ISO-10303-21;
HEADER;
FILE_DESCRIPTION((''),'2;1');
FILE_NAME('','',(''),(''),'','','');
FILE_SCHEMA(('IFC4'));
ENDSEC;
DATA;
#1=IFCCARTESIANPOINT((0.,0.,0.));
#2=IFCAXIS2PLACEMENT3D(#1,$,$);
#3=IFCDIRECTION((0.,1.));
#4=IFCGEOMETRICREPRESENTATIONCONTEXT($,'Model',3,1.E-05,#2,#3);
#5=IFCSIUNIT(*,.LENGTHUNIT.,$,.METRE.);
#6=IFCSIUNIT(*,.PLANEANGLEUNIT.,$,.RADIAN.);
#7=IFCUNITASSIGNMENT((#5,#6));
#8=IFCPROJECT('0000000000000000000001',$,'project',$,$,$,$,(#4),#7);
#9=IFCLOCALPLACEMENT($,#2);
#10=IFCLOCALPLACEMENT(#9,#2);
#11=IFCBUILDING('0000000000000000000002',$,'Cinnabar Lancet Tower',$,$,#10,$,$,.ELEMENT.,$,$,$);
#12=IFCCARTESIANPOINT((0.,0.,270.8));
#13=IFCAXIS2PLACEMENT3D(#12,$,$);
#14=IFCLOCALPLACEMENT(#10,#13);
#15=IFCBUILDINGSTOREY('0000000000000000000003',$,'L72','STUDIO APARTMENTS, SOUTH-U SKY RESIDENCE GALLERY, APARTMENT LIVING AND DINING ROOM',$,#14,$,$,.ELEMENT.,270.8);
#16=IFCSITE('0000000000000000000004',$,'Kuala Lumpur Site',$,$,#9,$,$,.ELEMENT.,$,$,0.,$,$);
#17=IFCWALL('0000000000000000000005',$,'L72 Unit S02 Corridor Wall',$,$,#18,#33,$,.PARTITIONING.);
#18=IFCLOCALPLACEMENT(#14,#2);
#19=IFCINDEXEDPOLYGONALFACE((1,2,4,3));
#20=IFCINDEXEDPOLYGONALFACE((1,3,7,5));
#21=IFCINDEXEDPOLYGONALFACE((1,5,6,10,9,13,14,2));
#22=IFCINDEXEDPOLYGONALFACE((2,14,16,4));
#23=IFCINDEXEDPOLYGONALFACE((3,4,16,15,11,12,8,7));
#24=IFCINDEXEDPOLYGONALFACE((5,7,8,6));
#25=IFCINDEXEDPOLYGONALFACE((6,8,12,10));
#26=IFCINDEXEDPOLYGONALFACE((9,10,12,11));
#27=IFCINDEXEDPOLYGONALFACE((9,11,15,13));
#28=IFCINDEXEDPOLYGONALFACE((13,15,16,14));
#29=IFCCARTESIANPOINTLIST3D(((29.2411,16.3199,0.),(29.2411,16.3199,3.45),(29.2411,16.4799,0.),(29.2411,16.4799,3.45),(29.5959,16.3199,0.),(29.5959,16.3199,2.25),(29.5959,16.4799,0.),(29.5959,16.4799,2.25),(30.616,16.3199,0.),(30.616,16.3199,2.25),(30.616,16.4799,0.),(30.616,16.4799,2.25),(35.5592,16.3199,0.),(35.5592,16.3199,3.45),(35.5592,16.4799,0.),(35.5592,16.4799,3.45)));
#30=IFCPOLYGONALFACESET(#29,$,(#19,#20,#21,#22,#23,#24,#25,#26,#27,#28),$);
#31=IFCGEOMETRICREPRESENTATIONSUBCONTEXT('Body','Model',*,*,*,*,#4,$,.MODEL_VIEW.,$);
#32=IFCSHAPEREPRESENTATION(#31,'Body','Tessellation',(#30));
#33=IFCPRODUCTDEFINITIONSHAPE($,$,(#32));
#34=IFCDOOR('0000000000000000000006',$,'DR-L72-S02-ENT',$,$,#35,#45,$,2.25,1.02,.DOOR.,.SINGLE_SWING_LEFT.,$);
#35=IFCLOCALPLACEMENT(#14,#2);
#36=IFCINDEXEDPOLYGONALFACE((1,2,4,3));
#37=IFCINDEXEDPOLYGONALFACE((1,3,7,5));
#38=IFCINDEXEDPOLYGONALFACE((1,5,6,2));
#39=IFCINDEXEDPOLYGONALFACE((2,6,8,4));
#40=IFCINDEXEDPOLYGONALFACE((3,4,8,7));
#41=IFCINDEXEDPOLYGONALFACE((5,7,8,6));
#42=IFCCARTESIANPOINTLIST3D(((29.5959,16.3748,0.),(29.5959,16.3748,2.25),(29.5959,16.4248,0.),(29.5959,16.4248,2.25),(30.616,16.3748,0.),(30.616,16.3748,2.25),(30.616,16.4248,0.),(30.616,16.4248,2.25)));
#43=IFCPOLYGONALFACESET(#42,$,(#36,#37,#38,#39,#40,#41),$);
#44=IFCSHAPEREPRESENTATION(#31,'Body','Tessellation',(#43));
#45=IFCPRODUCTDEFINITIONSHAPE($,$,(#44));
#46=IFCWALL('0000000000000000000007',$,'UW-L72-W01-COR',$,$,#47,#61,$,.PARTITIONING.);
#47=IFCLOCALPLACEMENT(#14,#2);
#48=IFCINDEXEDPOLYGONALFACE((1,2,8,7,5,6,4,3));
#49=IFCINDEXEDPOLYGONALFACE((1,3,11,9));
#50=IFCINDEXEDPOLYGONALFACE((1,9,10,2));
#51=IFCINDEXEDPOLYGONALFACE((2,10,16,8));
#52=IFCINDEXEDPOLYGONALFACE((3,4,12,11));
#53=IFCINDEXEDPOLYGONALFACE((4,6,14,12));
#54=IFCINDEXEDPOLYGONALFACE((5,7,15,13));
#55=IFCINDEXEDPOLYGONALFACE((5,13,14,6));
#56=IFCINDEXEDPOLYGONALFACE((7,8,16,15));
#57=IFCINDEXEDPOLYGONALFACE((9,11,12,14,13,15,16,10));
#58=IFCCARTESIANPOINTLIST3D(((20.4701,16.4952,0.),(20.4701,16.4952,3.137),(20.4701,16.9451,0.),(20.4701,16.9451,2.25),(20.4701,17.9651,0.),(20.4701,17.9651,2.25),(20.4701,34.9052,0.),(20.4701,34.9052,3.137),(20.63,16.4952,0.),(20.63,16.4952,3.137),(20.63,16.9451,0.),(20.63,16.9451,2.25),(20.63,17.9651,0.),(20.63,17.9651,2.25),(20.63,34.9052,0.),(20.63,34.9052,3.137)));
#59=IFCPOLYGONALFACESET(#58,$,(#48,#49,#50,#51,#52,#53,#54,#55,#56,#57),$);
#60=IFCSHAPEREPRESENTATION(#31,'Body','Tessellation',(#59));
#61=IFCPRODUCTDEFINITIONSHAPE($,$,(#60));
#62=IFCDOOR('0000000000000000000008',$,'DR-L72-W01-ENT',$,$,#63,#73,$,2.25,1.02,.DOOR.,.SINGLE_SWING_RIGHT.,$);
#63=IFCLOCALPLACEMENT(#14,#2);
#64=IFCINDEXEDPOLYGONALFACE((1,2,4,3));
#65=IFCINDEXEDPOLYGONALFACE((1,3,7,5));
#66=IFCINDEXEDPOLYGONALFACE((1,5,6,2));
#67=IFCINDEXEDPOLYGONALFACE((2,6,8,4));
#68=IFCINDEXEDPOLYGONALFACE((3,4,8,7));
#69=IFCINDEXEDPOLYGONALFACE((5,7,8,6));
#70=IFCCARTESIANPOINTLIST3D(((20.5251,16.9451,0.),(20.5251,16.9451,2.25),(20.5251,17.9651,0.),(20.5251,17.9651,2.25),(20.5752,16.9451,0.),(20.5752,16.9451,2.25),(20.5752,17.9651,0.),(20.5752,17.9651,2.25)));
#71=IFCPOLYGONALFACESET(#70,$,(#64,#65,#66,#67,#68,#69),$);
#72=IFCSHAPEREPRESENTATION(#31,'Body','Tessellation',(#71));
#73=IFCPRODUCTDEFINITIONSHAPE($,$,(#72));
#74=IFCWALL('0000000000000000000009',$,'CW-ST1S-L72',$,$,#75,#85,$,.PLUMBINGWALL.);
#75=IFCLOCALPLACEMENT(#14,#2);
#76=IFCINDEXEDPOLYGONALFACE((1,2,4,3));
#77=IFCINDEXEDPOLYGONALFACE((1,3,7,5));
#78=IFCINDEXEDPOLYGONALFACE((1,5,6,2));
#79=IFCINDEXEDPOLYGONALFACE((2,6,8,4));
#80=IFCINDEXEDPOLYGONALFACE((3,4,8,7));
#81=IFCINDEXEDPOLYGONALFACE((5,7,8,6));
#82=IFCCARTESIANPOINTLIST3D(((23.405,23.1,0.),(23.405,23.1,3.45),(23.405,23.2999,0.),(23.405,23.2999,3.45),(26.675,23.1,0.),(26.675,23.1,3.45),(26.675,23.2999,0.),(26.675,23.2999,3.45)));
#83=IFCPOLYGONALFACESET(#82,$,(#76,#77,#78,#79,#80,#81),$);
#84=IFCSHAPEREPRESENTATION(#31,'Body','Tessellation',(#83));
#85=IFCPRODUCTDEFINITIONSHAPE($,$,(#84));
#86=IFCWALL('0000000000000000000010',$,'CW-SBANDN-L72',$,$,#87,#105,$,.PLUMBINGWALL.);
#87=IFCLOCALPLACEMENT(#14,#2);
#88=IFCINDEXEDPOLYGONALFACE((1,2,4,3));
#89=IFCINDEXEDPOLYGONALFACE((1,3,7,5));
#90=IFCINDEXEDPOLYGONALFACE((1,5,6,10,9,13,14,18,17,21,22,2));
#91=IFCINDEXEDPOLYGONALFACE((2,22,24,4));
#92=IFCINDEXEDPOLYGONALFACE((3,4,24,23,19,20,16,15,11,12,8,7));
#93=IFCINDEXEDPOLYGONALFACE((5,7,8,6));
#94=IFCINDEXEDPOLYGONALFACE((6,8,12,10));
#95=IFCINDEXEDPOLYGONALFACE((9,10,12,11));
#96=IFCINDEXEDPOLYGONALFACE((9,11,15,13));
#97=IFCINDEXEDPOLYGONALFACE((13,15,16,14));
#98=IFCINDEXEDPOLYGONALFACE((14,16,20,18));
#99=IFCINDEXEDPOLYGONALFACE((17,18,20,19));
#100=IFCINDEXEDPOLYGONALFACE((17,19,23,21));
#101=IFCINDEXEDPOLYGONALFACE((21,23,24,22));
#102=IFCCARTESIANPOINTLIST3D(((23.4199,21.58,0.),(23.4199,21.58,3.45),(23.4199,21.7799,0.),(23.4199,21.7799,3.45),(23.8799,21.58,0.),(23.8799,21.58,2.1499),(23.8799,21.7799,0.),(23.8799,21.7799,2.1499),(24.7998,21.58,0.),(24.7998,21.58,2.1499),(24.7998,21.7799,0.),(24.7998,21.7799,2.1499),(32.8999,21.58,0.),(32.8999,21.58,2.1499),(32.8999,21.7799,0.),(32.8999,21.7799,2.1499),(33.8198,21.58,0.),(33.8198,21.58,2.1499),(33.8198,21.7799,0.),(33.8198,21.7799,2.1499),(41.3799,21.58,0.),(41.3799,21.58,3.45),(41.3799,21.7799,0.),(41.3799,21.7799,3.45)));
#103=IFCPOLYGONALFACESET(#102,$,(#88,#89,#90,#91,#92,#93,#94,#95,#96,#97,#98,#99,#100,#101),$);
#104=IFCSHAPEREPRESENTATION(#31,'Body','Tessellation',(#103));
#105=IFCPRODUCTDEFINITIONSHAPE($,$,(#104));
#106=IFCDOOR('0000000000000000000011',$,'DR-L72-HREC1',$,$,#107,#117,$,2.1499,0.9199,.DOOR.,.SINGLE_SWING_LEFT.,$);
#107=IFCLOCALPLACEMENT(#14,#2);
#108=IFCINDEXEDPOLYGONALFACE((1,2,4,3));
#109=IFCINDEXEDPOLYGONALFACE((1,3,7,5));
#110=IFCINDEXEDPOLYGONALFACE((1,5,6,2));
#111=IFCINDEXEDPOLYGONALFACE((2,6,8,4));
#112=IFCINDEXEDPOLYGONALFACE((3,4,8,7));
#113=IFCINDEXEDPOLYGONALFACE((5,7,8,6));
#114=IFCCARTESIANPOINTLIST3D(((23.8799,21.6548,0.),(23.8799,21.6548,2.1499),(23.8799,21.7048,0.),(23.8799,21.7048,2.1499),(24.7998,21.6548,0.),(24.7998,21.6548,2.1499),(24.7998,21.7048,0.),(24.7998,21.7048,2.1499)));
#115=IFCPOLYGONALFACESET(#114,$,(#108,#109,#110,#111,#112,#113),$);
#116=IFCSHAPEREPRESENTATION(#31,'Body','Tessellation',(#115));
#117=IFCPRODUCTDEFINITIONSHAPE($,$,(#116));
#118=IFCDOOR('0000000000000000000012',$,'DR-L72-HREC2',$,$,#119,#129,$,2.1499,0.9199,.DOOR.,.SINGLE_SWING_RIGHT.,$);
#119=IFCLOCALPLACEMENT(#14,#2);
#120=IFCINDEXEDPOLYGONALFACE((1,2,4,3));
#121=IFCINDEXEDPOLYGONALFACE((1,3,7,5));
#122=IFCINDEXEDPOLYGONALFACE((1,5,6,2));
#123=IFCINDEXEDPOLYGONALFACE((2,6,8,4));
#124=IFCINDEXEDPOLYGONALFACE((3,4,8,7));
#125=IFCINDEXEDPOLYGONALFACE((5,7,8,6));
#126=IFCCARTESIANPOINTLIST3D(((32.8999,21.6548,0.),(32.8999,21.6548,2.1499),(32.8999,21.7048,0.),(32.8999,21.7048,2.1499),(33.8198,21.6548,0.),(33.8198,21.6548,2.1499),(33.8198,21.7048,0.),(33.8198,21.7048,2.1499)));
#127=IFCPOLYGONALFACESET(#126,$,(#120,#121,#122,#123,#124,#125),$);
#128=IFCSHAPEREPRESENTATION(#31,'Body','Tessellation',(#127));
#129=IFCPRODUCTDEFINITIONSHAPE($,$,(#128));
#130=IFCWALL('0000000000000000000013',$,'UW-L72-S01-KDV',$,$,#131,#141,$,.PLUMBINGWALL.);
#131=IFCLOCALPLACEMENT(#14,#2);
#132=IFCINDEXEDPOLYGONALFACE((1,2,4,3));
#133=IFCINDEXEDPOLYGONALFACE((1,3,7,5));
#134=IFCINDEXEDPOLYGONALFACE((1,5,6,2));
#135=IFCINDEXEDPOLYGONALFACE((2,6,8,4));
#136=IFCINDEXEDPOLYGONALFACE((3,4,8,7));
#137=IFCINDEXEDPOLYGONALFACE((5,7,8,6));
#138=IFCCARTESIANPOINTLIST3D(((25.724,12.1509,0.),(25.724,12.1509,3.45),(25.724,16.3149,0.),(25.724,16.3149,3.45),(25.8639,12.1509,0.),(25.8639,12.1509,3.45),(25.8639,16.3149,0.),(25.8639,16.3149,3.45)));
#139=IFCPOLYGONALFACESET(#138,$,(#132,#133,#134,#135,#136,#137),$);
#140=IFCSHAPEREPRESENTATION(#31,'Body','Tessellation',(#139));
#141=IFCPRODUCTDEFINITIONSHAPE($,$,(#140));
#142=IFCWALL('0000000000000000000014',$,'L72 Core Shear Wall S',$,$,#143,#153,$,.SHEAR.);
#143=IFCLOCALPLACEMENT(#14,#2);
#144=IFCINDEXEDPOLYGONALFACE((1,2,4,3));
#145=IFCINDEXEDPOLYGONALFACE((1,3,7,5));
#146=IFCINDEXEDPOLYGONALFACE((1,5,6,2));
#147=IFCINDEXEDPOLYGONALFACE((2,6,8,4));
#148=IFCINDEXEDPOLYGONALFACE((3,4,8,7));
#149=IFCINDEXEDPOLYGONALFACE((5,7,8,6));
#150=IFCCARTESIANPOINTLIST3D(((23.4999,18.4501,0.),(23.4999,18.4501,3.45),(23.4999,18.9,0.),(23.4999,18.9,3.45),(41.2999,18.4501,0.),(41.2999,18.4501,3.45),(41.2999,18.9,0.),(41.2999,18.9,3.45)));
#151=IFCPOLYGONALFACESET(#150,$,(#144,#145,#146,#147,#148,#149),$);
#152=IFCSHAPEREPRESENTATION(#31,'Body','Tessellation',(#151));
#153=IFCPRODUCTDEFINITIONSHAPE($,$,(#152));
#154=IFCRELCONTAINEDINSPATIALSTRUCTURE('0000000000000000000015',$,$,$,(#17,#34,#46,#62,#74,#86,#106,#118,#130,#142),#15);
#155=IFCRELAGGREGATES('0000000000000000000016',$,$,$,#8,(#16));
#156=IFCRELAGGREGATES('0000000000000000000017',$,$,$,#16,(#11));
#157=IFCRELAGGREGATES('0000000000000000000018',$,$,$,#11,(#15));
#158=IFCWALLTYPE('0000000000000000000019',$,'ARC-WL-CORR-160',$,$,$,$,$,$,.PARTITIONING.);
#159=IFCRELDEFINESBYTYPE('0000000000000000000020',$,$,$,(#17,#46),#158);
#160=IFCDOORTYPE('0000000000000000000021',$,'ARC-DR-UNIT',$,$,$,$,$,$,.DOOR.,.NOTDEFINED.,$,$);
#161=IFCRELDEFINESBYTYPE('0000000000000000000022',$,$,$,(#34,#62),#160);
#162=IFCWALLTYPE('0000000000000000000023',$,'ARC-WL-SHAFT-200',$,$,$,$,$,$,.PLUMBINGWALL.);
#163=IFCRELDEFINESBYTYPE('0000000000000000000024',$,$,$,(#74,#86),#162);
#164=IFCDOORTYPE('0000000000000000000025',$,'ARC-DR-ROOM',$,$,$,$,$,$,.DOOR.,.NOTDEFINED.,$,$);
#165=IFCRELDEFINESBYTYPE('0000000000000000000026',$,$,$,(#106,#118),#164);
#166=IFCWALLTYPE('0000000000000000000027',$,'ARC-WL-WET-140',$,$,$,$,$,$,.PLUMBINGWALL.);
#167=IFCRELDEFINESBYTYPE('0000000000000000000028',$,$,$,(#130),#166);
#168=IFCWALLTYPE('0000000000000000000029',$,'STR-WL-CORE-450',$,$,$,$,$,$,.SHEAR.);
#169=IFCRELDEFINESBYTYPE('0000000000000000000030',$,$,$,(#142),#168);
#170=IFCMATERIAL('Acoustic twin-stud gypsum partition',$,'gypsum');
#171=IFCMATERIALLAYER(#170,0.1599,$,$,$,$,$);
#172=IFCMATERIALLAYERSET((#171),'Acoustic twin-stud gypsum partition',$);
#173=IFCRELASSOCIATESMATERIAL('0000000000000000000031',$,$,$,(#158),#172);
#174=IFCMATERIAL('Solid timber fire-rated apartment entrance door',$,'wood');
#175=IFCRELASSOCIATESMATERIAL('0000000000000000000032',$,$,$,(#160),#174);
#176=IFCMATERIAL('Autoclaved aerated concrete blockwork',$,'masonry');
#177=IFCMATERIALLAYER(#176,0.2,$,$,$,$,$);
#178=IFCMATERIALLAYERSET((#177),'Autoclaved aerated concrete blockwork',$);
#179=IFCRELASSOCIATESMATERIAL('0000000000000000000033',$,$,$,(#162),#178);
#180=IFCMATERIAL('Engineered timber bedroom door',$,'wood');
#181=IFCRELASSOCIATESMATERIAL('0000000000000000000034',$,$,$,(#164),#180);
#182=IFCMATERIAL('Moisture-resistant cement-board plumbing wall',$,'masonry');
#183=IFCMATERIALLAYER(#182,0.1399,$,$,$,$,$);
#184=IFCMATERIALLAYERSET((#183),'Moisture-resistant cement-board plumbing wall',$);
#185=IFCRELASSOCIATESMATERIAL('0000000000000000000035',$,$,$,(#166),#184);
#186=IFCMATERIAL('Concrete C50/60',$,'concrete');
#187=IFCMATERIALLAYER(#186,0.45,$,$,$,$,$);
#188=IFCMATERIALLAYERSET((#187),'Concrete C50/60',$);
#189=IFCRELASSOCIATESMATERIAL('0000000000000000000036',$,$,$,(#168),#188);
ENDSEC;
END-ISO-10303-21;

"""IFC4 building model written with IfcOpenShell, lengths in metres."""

from ifc_helpers import new_model, si_unit, direction, frame, frame_2d, origin, place, context, subcontext, project, spatial, rectangle, extrude, material, layer, layer_set, type_object, element, fill, save


model = new_model("IFC4")

# Units and contexts
model_context = context("Model", 3, precision=1e-05, world=origin(), true_north=direction((0.0, 1.0)))
body_context = subcontext(model_context, "Body", "Model", "MODEL_VIEW")
ifc_project = project(units=[si_unit("LENGTHUNIT", "METRE"), si_unit("PLANEANGLEUNIT", "RADIAN")], contexts=[model_context])

# Site, building, storey
site_placement = place(None, origin())
site = spatial("IfcSite", under=ifc_project, at=site_placement, Name="Kuala Lumpur Site", CompositionType="ELEMENT", RefElevation=0.0)
building_placement = place(site_placement, origin())
building = spatial("IfcBuilding", under=site, at=building_placement, Name="Cinnabar Lancet Tower", CompositionType="ELEMENT")
storey_placement = place(building_placement, frame((0.0, 0.0, 270.8)))
storey = spatial("IfcBuildingStorey", under=building, at=storey_placement, Name="L72", Description="STUDIO APARTMENTS, SOUTH-U SKY RESIDENCE GALLERY, APARTMENT LIVING AND DINING ROOM", CompositionType="ELEMENT", Elevation=270.8)

# Shared definitions
ifc_material_1 = material(Name="Acoustic twin-stud gypsum partition", Category="gypsum")
ifc_layer_1 = layer(ifc_material_1, 0.1599)
ifc_layer_set_1 = layer_set([ifc_layer_1], Name="Acoustic twin-stud gypsum partition")
wall_type_1 = type_object("IfcWallType", Name="ARC-WL-CORR-160", PredefinedType="PARTITIONING", material=ifc_layer_set_1)

# Walls, openings, doors
ifc_material_2 = material(Name="Solid timber fire-rated apartment entrance door", Category="wood")
door_type_1 = type_object("IfcDoorType", Name="ARC-DR-UNIT", OperationType="NOTDEFINED", PredefinedType="DOOR", material=ifc_material_2)
wall_1_placement = place(storey_placement, frame((29.241, 16.3999, 0.0), z_axis=(0.0, 0.0, 1.0), x_axis=(1.0, 0.0, 0.0)))
wall_1 = element("IfcWall", 1, at=wall_1_placement, inside=storey, type_object=wall_type_1, Name="L72 Unit S02 Corridor Wall", PredefinedType="PARTITIONING", context=body_context, shape_type="SweptSolid", body=[
    extrude(rectangle(XDim=6.3181, YDim=0.1599, at=frame_2d((3.1592, 0.0))), origin(), (0.0, 0.0, 1.0), 3.45),
])
opening_1_placement = place(wall_1_placement, frame((0.355, 0.0, 0.0)))
opening_1 = element("IfcOpeningElement", 2, at=opening_1_placement, cuts=wall_1, PredefinedType="OPENING", context=body_context, shape_type="SweptSolid", body=[
    extrude(rectangle(XDim=1.02, YDim=2.25, at=frame_2d((0.51, 1.125))), frame((0.0, 0.0898, 0.0), z_axis=(0.0, -1.0, 0.0), x_axis=(1.0, 0.0, 0.0)), (0.0, 0.0, 1.0), 0.1799),
])
door_1_placement = place(opening_1_placement, origin())
door_1 = element("IfcDoor", 3, at=door_1_placement, inside=storey, type_object=door_type_1, Name="DR-L72-S02-ENT", OperationType="SINGLE_SWING_LEFT", OverallHeight=2.25, OverallWidth=1.02, PredefinedType="DOOR", context=body_context, shape_type="SweptSolid", body=[
    extrude(rectangle(XDim=1.02, YDim=2.25, at=frame_2d((0.51, 1.125))), frame((0.0, 0.0249, 0.0), z_axis=(0.0, -1.0, 0.0), x_axis=(1.0, 0.0, 0.0)), (0.0, 0.0, 1.0), 0.05),
])
fill(opening_1, door_1)
wall_2_placement = place(storey_placement, frame((20.55, 16.4951, 0.0), z_axis=(0.0, 0.0, 1.0), x_axis=(0.0, 1.0, 0.0)))
wall_2 = element("IfcWall", 4, at=wall_2_placement, inside=storey, type_object=wall_type_1, Name="UW-L72-W01-COR", PredefinedType="PARTITIONING", context=body_context, shape_type="SweptSolid", body=[
    extrude(rectangle(XDim=18.4099, YDim=0.1599, at=frame_2d((9.2051, 0.0))), origin(), (0.0, 0.0, 1.0), 3.137),
])
opening_2_placement = place(wall_2_placement, frame((0.45, 0.0, 0.0)))
opening_2 = element("IfcOpeningElement", 5, at=opening_2_placement, cuts=wall_2, PredefinedType="OPENING", context=body_context, shape_type="SweptSolid", body=[
    extrude(rectangle(XDim=1.02, YDim=2.25, at=frame_2d((0.51, 1.125))), frame((0.0, 0.0898, 0.0), z_axis=(0.0, -1.0, 0.0), x_axis=(1.0, 0.0, 0.0)), (0.0, 0.0, 1.0), 0.1799),
])
door_2_placement = place(opening_2_placement, origin())
door_2 = element("IfcDoor", 6, at=door_2_placement, inside=storey, type_object=door_type_1, Name="DR-L72-W01-ENT", OperationType="SINGLE_SWING_RIGHT", OverallHeight=2.25, OverallWidth=1.02, PredefinedType="DOOR", context=body_context, shape_type="SweptSolid", body=[
    extrude(rectangle(XDim=1.02, YDim=2.25, at=frame_2d((0.51, 1.125))), frame((0.0, 0.0249, 0.0), z_axis=(0.0, -1.0, 0.0), x_axis=(1.0, 0.0, 0.0)), (0.0, 0.0, 1.0), 0.05),
])
fill(opening_2, door_2)

# Wall
ifc_material_3 = material(Name="Autoclaved aerated concrete blockwork", Category="masonry")
ifc_layer_2 = layer(ifc_material_3, 0.2)
ifc_layer_set_2 = layer_set([ifc_layer_2], Name="Autoclaved aerated concrete blockwork")
wall_type_2 = type_object("IfcWallType", Name="ARC-WL-SHAFT-200", PredefinedType="PLUMBINGWALL", material=ifc_layer_set_2)
wall_3_placement = place(storey_placement, frame((23.405, 23.2, 0.0), z_axis=(0.0, 0.0, 1.0), x_axis=(1.0, 0.0, 0.0)))
element("IfcWall", 7, at=wall_3_placement, inside=storey, type_object=wall_type_2, Name="CW-ST1S-L72", PredefinedType="PLUMBINGWALL", context=body_context, shape_type="SweptSolid", body=[
    extrude(rectangle(XDim=3.27, YDim=0.2, at=frame_2d((1.635, 0.0))), origin(), (0.0, 0.0, 1.0), 3.45),
])

# Wall, openings, doors
wall_4_placement = place(storey_placement, frame((23.4199, 21.6799, 0.0), z_axis=(0.0, 0.0, 1.0), x_axis=(1.0, 0.0, 0.0)))
wall_4 = element("IfcWall", 8, at=wall_4_placement, inside=storey, type_object=wall_type_2, Name="CW-SBANDN-L72", PredefinedType="PLUMBINGWALL", context=body_context, shape_type="SweptSolid", body=[
    extrude(rectangle(XDim=17.96, YDim=0.2, at=frame_2d((8.98, 0.0))), origin(), (0.0, 0.0, 1.0), 3.45),
])
opening_3_placement = place(wall_4_placement, frame((0.46, 0.0, 0.0)))
opening_3 = element("IfcOpeningElement", 9, at=opening_3_placement, cuts=wall_4, PredefinedType="OPENING", context=body_context, shape_type="SweptSolid", body=[
    extrude(rectangle(XDim=0.9199, YDim=2.1499, at=frame_2d((0.46, 1.075))), frame((0.0, 0.1099, 0.0), z_axis=(0.0, -1.0, 0.0), x_axis=(1.0, 0.0, 0.0)), (0.0, 0.0, 1.0), 0.22),
])
opening_4_placement = place(wall_4_placement, frame((9.48, 0.0, 0.0)))
opening_4 = element("IfcOpeningElement", 10, at=opening_4_placement, cuts=wall_4, PredefinedType="OPENING", context=body_context, shape_type="SweptSolid", body=[
    extrude(rectangle(XDim=0.9199, YDim=2.1499, at=frame_2d((0.46, 1.075))), frame((0.0, 0.1099, 0.0), z_axis=(0.0, -1.0, 0.0), x_axis=(1.0, 0.0, 0.0)), (0.0, 0.0, 1.0), 0.22),
])
ifc_material_4 = material(Name="Engineered timber bedroom door", Category="wood")
door_type_2 = type_object("IfcDoorType", Name="ARC-DR-ROOM", OperationType="NOTDEFINED", PredefinedType="DOOR", material=ifc_material_4)
door_3_placement = place(opening_3_placement, origin())
door_3 = element("IfcDoor", 11, at=door_3_placement, inside=storey, type_object=door_type_2, Name="DR-L72-HREC1", OperationType="SINGLE_SWING_LEFT", OverallHeight=2.1499, OverallWidth=0.9199, PredefinedType="DOOR", context=body_context, shape_type="SweptSolid", body=[
    extrude(rectangle(XDim=0.9199, YDim=2.1499, at=frame_2d((0.46, 1.075))), frame((0.0, 0.0249, 0.0), z_axis=(0.0, -1.0, 0.0), x_axis=(1.0, 0.0, 0.0)), (0.0, 0.0, 1.0), 0.05),
])
fill(opening_3, door_3)
door_4_placement = place(opening_4_placement, origin())
door_4 = element("IfcDoor", 12, at=door_4_placement, inside=storey, type_object=door_type_2, Name="DR-L72-HREC2", OperationType="SINGLE_SWING_RIGHT", OverallHeight=2.1499, OverallWidth=0.9199, PredefinedType="DOOR", context=body_context, shape_type="SweptSolid", body=[
    extrude(rectangle(XDim=0.9199, YDim=2.1499, at=frame_2d((0.46, 1.075))), frame((0.0, 0.0249, 0.0), z_axis=(0.0, -1.0, 0.0), x_axis=(1.0, 0.0, 0.0)), (0.0, 0.0, 1.0), 0.05),
])
fill(opening_4, door_4)

# Walls
ifc_material_5 = material(Name="Moisture-resistant cement-board plumbing wall", Category="masonry")
ifc_layer_3 = layer(ifc_material_5, 0.1399)
ifc_layer_set_3 = layer_set([ifc_layer_3], Name="Moisture-resistant cement-board plumbing wall")
wall_type_3 = type_object("IfcWallType", Name="ARC-WL-WET-140", PredefinedType="PLUMBINGWALL", material=ifc_layer_set_3)
wall_5_placement = place(storey_placement, frame((25.7939, 12.1509, 0.0), z_axis=(0.0, 0.0, 1.0), x_axis=(0.0, 1.0, 0.0)))
element("IfcWall", 13, at=wall_5_placement, inside=storey, type_object=wall_type_3, Name="UW-L72-S01-KDV", PredefinedType="PLUMBINGWALL", context=body_context, shape_type="SweptSolid", body=[
    extrude(rectangle(XDim=4.1641, YDim=0.1399, at=frame_2d((2.082, 0.0))), origin(), (0.0, 0.0, 1.0), 3.45),
])
ifc_material_6 = material(Name="Concrete C50/60", Category="concrete")
ifc_layer_4 = layer(ifc_material_6, 0.45)
ifc_layer_set_4 = layer_set([ifc_layer_4], Name="Concrete C50/60")
wall_type_4 = type_object("IfcWallType", Name="STR-WL-CORE-450", PredefinedType="SHEAR", material=ifc_layer_set_4)
wall_6_placement = place(storey_placement, frame((23.5, 18.675, 0.0), z_axis=(0.0, 0.0, 1.0), x_axis=(1.0, 0.0, 0.0)))
element("IfcWall", 14, at=wall_6_placement, inside=storey, type_object=wall_type_4, Name="L72 Core Shear Wall S", PredefinedType="SHEAR", context=body_context, shape_type="SweptSolid", body=[
    extrude(rectangle(XDim=17.8, YDim=0.45, at=frame_2d((8.8999, 0.0))), origin(), (0.0, 0.0, 1.0), 3.45),
])

save(model, "model.ifc")
